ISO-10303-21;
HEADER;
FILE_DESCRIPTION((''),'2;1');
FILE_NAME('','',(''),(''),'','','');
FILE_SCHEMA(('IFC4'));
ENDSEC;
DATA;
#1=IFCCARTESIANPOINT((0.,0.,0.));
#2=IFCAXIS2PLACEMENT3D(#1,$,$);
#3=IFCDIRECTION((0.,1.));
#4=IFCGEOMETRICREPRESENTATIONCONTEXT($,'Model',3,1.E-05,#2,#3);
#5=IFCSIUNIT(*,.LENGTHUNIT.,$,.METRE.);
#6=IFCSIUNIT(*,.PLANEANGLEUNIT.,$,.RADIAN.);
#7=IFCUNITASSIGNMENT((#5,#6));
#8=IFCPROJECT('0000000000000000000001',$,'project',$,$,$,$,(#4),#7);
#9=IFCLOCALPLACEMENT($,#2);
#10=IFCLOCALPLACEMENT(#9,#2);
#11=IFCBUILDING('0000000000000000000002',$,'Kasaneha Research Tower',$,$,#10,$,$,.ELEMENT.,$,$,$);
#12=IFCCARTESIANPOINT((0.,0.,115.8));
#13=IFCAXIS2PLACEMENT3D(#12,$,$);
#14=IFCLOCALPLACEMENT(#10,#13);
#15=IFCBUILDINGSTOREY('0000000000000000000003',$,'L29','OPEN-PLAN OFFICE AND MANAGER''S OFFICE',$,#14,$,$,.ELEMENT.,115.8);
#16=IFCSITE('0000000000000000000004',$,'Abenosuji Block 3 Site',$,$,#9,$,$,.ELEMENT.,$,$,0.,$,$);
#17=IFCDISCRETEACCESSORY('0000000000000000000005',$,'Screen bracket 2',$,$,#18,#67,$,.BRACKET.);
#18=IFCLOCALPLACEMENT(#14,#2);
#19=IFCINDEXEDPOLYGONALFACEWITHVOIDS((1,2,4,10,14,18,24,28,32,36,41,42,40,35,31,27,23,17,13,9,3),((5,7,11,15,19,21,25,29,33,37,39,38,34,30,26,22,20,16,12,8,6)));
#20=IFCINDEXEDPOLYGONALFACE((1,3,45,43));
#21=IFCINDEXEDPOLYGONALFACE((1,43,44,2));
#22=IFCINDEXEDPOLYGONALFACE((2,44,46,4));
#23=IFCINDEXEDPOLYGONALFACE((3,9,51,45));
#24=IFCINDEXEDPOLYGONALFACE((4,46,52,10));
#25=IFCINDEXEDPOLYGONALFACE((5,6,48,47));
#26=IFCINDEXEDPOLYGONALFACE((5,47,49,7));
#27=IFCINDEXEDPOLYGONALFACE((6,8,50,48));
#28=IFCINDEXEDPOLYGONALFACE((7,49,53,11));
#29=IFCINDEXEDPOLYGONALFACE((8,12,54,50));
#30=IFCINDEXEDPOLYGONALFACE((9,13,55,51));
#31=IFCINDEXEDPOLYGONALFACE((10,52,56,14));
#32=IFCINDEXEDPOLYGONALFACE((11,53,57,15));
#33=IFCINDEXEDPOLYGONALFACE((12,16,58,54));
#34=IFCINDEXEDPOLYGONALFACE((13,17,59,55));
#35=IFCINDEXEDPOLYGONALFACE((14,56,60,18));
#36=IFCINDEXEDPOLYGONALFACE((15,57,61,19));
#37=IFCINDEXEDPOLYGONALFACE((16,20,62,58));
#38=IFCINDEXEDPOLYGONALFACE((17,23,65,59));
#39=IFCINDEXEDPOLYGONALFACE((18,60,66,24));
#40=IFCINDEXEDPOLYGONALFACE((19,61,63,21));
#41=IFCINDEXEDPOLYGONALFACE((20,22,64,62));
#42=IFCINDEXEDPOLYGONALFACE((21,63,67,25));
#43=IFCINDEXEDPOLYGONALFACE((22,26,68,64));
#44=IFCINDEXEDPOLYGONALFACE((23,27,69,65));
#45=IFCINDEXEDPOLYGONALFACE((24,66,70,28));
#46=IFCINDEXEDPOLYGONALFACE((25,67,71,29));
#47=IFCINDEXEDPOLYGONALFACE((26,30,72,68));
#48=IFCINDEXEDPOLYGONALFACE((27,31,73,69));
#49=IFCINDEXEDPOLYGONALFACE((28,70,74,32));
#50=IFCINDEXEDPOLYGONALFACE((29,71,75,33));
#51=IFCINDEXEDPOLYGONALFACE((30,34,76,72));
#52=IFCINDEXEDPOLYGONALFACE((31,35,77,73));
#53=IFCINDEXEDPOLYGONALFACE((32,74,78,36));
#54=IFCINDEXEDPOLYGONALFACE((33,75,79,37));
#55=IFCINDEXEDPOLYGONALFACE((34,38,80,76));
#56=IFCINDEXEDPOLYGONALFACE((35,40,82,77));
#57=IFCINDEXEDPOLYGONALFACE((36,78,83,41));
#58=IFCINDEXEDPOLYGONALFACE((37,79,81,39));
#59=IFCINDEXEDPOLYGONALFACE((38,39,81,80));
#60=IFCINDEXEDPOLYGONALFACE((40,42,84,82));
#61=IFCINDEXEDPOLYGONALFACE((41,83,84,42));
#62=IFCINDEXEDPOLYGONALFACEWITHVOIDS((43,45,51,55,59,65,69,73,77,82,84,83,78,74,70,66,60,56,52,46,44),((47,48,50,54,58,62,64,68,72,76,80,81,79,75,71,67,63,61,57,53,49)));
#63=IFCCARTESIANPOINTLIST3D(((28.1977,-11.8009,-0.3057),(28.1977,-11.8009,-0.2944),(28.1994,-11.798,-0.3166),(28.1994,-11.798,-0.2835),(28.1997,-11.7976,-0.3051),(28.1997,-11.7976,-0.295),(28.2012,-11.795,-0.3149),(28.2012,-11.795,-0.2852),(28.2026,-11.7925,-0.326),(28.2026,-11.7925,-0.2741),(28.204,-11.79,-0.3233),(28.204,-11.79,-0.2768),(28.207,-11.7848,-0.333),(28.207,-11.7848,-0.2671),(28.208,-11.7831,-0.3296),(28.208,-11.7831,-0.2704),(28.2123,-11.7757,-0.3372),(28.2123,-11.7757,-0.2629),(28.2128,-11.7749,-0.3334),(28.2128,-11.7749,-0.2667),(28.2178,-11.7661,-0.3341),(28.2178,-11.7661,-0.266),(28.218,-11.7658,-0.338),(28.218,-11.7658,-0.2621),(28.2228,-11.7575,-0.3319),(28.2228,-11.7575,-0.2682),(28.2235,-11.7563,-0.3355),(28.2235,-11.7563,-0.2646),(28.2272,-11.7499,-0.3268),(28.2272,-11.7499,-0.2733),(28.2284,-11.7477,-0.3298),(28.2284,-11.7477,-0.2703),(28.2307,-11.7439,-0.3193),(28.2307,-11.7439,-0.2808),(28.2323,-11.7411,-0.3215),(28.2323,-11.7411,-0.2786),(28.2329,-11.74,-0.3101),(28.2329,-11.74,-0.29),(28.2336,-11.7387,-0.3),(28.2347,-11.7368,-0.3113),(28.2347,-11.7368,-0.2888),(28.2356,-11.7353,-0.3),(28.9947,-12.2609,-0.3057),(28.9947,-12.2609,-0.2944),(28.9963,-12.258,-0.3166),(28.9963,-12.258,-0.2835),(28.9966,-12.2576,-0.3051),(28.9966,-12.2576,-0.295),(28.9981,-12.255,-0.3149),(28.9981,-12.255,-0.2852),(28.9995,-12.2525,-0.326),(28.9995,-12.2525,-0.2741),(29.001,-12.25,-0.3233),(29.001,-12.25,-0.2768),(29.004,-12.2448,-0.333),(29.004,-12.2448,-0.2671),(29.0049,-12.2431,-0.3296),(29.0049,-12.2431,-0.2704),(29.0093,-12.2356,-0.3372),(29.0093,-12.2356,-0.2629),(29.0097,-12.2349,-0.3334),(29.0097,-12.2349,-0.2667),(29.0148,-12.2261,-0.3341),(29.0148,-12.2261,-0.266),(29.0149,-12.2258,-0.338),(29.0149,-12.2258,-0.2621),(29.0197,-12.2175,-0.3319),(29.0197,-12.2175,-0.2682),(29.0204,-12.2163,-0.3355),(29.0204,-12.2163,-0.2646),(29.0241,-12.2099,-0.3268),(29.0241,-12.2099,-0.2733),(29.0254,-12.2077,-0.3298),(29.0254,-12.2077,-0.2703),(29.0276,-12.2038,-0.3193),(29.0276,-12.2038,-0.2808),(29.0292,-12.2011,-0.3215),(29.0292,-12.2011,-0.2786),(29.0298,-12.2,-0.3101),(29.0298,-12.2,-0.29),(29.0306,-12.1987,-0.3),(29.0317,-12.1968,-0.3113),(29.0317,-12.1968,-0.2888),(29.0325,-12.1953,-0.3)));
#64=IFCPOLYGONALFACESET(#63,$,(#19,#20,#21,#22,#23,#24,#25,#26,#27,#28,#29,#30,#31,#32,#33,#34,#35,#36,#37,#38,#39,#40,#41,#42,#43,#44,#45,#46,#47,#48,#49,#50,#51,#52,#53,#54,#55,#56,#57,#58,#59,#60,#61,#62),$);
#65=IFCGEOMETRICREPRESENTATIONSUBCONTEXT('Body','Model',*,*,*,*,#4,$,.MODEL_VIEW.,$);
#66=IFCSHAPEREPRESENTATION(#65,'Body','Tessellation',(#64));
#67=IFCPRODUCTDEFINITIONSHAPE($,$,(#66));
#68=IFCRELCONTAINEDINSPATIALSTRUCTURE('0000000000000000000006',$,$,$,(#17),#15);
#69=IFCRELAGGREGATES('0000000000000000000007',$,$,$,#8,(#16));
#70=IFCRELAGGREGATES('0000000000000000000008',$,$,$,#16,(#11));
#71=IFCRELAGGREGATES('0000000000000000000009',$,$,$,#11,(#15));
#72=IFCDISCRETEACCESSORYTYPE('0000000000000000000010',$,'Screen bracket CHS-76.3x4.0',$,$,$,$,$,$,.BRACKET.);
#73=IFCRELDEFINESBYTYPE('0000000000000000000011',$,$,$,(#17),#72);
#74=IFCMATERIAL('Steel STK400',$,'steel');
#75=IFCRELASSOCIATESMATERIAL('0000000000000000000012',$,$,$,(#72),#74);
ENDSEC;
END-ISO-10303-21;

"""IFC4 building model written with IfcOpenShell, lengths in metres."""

from ifc_helpers import new_model, si_unit, direction, frame, origin, origin_2d, place, context, subcontext, project, spatial, hollow_circle, extrude, material, material_profile, profile_set, type_object, element, save


model = new_model("IFC4")

# Units and contexts
model_context = context("Model", 3, precision=1e-05, world=origin(), true_north=direction((0.0, 1.0)))
body_context = subcontext(model_context, "Body", "Model", "MODEL_VIEW")
ifc_project = project(units=[si_unit("LENGTHUNIT", "METRE"), si_unit("PLANEANGLEUNIT", "RADIAN")], contexts=[model_context])

# Site, building, storey
site_placement = place(None, origin())
site = spatial("IfcSite", under=ifc_project, at=site_placement, Name="Abenosuji Block 3 Site", CompositionType="ELEMENT", RefElevation=0.0)
building_placement = place(site_placement, origin())
building = spatial("IfcBuilding", under=site, at=building_placement, Name="Kasaneha Research Tower", CompositionType="ELEMENT")
storey_placement = place(building_placement, frame((0.0, 0.0, 115.8)))
storey = spatial("IfcBuildingStorey", under=building, at=storey_placement, Name="L29", Description="OPEN-PLAN OFFICE AND MANAGER'S OFFICE", CompositionType="ELEMENT", Elevation=115.8)

# Discrete accessory
ifc_material_1 = material(Name="Steel STK400", Category="steel")
ifc_material_profile_1 = material_profile(ifc_material_1, hollow_circle(Radius=0.0381, WallThickness=0.0039, at=origin_2d()), Name="CHS-76.3x4.0")
ifc_profile_set_1 = profile_set([ifc_material_profile_1], Name="Steel STK400")
discrete_accessory_type = type_object("IfcDiscreteAccessoryType", Name="Screen bracket CHS-76.3x4.0", PredefinedType="BRACKET", material=ifc_profile_set_1)
for number, where, z_axis, x_axis, name in (
    (1, (28.2166, -11.7683, -0.3), (0.86608, -0.499906, 0.0), (0.499906, 0.86608, 0.0), "Screen bracket 2"),
):
    element("IfcDiscreteAccessory", number, at=place(storey_placement, frame(where, z_axis=z_axis, x_axis=x_axis)), inside=storey, type_object=discrete_accessory_type, Name=name, PredefinedType="BRACKET", context=body_context, shape_type="SweptSolid", body=[
        extrude(hollow_circle(Radius=0.0381, WallThickness=0.0039, at=origin_2d()), origin(), (0.0, 0.0, 1.0), 0.9202),
    ])

save(model, "model.ifc")
